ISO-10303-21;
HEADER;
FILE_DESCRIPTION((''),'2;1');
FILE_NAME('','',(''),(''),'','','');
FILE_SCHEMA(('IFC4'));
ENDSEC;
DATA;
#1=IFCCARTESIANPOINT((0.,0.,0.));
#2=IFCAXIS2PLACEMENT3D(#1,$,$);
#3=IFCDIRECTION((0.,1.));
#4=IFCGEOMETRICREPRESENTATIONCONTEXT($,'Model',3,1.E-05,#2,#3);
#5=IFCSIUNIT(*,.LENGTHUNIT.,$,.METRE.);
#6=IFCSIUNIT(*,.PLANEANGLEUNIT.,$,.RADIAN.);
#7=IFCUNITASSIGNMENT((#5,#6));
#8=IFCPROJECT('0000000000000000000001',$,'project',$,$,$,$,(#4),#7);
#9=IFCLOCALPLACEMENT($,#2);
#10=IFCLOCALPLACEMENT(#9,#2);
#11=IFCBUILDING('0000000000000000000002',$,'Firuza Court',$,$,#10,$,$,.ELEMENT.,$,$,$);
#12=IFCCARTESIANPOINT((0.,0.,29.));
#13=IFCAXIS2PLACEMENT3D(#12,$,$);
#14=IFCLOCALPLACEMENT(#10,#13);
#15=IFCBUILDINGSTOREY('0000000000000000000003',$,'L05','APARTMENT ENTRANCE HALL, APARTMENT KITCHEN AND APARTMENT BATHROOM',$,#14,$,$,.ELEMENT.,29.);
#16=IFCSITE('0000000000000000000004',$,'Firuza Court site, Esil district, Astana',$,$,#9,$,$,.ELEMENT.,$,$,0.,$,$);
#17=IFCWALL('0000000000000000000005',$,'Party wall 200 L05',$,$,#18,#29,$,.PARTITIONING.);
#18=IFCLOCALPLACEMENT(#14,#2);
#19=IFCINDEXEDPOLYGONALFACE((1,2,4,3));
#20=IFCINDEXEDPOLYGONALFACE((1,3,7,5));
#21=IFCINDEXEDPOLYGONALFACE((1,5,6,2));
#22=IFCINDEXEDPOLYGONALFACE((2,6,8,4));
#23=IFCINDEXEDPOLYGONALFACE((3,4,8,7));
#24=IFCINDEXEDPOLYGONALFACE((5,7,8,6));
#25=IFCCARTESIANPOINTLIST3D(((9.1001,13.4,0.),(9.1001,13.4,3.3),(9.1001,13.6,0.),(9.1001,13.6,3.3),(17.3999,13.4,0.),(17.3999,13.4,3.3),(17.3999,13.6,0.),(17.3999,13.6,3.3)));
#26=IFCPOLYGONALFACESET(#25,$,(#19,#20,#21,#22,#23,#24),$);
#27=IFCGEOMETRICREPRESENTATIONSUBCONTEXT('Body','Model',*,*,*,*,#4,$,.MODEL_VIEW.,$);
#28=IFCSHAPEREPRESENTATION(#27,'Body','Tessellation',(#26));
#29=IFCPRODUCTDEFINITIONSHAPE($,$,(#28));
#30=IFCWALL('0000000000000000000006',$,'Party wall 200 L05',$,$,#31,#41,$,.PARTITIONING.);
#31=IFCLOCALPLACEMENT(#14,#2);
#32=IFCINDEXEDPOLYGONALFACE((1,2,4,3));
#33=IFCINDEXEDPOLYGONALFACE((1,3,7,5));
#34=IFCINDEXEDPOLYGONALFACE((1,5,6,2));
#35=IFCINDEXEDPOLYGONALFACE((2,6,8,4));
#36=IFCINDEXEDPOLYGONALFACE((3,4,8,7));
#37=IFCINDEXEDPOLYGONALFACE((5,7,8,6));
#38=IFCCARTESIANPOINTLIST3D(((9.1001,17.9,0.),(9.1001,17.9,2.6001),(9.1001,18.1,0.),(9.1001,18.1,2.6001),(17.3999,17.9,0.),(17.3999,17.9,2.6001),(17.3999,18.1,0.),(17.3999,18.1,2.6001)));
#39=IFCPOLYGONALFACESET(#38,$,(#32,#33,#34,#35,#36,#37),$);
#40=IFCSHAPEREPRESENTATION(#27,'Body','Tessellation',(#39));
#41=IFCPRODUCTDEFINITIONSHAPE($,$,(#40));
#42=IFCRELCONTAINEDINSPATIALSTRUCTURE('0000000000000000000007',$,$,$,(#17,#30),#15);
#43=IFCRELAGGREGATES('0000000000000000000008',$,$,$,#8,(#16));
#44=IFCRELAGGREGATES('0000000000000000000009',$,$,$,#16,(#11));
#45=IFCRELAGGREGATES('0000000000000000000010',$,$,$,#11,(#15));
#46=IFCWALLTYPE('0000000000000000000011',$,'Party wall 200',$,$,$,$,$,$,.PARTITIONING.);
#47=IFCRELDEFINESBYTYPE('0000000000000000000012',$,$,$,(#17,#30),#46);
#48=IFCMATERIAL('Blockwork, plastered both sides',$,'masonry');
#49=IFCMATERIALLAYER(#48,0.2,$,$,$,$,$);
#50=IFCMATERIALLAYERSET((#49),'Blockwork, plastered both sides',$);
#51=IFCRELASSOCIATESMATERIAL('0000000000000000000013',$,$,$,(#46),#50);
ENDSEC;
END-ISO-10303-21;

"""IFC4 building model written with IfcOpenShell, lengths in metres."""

from ifc_helpers import new_model, si_unit, direction, frame, frame_2d, origin, place, context, subcontext, project, spatial, rectangle, extrude, material, layer, layer_set, type_object, element, save


model = new_model("IFC4")

# Units and contexts
model_context = context("Model", 3, precision=1e-05, world=origin(), true_north=direction((0.0, 1.0)))
body_context = subcontext(model_context, "Body", "Model", "MODEL_VIEW")
ifc_project = project(units=[si_unit("LENGTHUNIT", "METRE"), si_unit("PLANEANGLEUNIT", "RADIAN")], contexts=[model_context])

# Site, building, storey
site_placement = place(None, origin())
site = spatial("IfcSite", under=ifc_project, at=site_placement, Name="Firuza Court site, Esil district, Astana", CompositionType="ELEMENT", RefElevation=0.0)
building_placement = place(site_placement, origin())
building = spatial("IfcBuilding", under=site, at=building_placement, Name="Firuza Court", CompositionType="ELEMENT")
storey_placement = place(building_placement, frame((0.0, 0.0, 29.0)))
storey = spatial("IfcBuildingStorey", under=building, at=storey_placement, Name="L05", Description="APARTMENT ENTRANCE HALL, APARTMENT KITCHEN AND APARTMENT BATHROOM", CompositionType="ELEMENT", Elevation=29.0)

# Shared definitions
ifc_material_1 = material(Name="Blockwork, plastered both sides", Category="masonry")

# Walls
ifc_layer_1 = layer(ifc_material_1, 0.2)
ifc_layer_set_1 = layer_set([ifc_layer_1], Name="Blockwork, plastered both sides")
wall_type_1 = type_object("IfcWallType", Name="Party wall 200", PredefinedType="PARTITIONING", material=ifc_layer_set_1)
wall_1_placement = place(storey_placement, frame((9.1001, 13.5, 0.0), z_axis=(0.0, 0.0, 1.0), x_axis=(1.0, 0.0, 0.0)))
element("IfcWall", 1, at=wall_1_placement, inside=storey, type_object=wall_type_1, Name="Party wall 200 L05", PredefinedType="PARTITIONING", context=body_context, shape_type="SweptSolid", body=[
    extrude(rectangle(XDim=8.2998, YDim=0.2, at=frame_2d((4.1499, 0.0))), origin(), (0.0, 0.0, 1.0), 3.3),
])
wall_2_placement = place(storey_placement, frame((9.1001, 18.0, 0.0), z_axis=(0.0, 0.0, 1.0), x_axis=(1.0, 0.0, 0.0)))
element("IfcWall", 2, at=wall_2_placement, inside=storey, type_object=wall_type_1, Name="Party wall 200 L05", PredefinedType="PARTITIONING", context=body_context, shape_type="SweptSolid", body=[
    extrude(rectangle(XDim=8.2998, YDim=0.2, at=frame_2d((4.1499, 0.0))), origin(), (0.0, 0.0, 1.0), 2.6001),
])

save(model, "model.ifc")
